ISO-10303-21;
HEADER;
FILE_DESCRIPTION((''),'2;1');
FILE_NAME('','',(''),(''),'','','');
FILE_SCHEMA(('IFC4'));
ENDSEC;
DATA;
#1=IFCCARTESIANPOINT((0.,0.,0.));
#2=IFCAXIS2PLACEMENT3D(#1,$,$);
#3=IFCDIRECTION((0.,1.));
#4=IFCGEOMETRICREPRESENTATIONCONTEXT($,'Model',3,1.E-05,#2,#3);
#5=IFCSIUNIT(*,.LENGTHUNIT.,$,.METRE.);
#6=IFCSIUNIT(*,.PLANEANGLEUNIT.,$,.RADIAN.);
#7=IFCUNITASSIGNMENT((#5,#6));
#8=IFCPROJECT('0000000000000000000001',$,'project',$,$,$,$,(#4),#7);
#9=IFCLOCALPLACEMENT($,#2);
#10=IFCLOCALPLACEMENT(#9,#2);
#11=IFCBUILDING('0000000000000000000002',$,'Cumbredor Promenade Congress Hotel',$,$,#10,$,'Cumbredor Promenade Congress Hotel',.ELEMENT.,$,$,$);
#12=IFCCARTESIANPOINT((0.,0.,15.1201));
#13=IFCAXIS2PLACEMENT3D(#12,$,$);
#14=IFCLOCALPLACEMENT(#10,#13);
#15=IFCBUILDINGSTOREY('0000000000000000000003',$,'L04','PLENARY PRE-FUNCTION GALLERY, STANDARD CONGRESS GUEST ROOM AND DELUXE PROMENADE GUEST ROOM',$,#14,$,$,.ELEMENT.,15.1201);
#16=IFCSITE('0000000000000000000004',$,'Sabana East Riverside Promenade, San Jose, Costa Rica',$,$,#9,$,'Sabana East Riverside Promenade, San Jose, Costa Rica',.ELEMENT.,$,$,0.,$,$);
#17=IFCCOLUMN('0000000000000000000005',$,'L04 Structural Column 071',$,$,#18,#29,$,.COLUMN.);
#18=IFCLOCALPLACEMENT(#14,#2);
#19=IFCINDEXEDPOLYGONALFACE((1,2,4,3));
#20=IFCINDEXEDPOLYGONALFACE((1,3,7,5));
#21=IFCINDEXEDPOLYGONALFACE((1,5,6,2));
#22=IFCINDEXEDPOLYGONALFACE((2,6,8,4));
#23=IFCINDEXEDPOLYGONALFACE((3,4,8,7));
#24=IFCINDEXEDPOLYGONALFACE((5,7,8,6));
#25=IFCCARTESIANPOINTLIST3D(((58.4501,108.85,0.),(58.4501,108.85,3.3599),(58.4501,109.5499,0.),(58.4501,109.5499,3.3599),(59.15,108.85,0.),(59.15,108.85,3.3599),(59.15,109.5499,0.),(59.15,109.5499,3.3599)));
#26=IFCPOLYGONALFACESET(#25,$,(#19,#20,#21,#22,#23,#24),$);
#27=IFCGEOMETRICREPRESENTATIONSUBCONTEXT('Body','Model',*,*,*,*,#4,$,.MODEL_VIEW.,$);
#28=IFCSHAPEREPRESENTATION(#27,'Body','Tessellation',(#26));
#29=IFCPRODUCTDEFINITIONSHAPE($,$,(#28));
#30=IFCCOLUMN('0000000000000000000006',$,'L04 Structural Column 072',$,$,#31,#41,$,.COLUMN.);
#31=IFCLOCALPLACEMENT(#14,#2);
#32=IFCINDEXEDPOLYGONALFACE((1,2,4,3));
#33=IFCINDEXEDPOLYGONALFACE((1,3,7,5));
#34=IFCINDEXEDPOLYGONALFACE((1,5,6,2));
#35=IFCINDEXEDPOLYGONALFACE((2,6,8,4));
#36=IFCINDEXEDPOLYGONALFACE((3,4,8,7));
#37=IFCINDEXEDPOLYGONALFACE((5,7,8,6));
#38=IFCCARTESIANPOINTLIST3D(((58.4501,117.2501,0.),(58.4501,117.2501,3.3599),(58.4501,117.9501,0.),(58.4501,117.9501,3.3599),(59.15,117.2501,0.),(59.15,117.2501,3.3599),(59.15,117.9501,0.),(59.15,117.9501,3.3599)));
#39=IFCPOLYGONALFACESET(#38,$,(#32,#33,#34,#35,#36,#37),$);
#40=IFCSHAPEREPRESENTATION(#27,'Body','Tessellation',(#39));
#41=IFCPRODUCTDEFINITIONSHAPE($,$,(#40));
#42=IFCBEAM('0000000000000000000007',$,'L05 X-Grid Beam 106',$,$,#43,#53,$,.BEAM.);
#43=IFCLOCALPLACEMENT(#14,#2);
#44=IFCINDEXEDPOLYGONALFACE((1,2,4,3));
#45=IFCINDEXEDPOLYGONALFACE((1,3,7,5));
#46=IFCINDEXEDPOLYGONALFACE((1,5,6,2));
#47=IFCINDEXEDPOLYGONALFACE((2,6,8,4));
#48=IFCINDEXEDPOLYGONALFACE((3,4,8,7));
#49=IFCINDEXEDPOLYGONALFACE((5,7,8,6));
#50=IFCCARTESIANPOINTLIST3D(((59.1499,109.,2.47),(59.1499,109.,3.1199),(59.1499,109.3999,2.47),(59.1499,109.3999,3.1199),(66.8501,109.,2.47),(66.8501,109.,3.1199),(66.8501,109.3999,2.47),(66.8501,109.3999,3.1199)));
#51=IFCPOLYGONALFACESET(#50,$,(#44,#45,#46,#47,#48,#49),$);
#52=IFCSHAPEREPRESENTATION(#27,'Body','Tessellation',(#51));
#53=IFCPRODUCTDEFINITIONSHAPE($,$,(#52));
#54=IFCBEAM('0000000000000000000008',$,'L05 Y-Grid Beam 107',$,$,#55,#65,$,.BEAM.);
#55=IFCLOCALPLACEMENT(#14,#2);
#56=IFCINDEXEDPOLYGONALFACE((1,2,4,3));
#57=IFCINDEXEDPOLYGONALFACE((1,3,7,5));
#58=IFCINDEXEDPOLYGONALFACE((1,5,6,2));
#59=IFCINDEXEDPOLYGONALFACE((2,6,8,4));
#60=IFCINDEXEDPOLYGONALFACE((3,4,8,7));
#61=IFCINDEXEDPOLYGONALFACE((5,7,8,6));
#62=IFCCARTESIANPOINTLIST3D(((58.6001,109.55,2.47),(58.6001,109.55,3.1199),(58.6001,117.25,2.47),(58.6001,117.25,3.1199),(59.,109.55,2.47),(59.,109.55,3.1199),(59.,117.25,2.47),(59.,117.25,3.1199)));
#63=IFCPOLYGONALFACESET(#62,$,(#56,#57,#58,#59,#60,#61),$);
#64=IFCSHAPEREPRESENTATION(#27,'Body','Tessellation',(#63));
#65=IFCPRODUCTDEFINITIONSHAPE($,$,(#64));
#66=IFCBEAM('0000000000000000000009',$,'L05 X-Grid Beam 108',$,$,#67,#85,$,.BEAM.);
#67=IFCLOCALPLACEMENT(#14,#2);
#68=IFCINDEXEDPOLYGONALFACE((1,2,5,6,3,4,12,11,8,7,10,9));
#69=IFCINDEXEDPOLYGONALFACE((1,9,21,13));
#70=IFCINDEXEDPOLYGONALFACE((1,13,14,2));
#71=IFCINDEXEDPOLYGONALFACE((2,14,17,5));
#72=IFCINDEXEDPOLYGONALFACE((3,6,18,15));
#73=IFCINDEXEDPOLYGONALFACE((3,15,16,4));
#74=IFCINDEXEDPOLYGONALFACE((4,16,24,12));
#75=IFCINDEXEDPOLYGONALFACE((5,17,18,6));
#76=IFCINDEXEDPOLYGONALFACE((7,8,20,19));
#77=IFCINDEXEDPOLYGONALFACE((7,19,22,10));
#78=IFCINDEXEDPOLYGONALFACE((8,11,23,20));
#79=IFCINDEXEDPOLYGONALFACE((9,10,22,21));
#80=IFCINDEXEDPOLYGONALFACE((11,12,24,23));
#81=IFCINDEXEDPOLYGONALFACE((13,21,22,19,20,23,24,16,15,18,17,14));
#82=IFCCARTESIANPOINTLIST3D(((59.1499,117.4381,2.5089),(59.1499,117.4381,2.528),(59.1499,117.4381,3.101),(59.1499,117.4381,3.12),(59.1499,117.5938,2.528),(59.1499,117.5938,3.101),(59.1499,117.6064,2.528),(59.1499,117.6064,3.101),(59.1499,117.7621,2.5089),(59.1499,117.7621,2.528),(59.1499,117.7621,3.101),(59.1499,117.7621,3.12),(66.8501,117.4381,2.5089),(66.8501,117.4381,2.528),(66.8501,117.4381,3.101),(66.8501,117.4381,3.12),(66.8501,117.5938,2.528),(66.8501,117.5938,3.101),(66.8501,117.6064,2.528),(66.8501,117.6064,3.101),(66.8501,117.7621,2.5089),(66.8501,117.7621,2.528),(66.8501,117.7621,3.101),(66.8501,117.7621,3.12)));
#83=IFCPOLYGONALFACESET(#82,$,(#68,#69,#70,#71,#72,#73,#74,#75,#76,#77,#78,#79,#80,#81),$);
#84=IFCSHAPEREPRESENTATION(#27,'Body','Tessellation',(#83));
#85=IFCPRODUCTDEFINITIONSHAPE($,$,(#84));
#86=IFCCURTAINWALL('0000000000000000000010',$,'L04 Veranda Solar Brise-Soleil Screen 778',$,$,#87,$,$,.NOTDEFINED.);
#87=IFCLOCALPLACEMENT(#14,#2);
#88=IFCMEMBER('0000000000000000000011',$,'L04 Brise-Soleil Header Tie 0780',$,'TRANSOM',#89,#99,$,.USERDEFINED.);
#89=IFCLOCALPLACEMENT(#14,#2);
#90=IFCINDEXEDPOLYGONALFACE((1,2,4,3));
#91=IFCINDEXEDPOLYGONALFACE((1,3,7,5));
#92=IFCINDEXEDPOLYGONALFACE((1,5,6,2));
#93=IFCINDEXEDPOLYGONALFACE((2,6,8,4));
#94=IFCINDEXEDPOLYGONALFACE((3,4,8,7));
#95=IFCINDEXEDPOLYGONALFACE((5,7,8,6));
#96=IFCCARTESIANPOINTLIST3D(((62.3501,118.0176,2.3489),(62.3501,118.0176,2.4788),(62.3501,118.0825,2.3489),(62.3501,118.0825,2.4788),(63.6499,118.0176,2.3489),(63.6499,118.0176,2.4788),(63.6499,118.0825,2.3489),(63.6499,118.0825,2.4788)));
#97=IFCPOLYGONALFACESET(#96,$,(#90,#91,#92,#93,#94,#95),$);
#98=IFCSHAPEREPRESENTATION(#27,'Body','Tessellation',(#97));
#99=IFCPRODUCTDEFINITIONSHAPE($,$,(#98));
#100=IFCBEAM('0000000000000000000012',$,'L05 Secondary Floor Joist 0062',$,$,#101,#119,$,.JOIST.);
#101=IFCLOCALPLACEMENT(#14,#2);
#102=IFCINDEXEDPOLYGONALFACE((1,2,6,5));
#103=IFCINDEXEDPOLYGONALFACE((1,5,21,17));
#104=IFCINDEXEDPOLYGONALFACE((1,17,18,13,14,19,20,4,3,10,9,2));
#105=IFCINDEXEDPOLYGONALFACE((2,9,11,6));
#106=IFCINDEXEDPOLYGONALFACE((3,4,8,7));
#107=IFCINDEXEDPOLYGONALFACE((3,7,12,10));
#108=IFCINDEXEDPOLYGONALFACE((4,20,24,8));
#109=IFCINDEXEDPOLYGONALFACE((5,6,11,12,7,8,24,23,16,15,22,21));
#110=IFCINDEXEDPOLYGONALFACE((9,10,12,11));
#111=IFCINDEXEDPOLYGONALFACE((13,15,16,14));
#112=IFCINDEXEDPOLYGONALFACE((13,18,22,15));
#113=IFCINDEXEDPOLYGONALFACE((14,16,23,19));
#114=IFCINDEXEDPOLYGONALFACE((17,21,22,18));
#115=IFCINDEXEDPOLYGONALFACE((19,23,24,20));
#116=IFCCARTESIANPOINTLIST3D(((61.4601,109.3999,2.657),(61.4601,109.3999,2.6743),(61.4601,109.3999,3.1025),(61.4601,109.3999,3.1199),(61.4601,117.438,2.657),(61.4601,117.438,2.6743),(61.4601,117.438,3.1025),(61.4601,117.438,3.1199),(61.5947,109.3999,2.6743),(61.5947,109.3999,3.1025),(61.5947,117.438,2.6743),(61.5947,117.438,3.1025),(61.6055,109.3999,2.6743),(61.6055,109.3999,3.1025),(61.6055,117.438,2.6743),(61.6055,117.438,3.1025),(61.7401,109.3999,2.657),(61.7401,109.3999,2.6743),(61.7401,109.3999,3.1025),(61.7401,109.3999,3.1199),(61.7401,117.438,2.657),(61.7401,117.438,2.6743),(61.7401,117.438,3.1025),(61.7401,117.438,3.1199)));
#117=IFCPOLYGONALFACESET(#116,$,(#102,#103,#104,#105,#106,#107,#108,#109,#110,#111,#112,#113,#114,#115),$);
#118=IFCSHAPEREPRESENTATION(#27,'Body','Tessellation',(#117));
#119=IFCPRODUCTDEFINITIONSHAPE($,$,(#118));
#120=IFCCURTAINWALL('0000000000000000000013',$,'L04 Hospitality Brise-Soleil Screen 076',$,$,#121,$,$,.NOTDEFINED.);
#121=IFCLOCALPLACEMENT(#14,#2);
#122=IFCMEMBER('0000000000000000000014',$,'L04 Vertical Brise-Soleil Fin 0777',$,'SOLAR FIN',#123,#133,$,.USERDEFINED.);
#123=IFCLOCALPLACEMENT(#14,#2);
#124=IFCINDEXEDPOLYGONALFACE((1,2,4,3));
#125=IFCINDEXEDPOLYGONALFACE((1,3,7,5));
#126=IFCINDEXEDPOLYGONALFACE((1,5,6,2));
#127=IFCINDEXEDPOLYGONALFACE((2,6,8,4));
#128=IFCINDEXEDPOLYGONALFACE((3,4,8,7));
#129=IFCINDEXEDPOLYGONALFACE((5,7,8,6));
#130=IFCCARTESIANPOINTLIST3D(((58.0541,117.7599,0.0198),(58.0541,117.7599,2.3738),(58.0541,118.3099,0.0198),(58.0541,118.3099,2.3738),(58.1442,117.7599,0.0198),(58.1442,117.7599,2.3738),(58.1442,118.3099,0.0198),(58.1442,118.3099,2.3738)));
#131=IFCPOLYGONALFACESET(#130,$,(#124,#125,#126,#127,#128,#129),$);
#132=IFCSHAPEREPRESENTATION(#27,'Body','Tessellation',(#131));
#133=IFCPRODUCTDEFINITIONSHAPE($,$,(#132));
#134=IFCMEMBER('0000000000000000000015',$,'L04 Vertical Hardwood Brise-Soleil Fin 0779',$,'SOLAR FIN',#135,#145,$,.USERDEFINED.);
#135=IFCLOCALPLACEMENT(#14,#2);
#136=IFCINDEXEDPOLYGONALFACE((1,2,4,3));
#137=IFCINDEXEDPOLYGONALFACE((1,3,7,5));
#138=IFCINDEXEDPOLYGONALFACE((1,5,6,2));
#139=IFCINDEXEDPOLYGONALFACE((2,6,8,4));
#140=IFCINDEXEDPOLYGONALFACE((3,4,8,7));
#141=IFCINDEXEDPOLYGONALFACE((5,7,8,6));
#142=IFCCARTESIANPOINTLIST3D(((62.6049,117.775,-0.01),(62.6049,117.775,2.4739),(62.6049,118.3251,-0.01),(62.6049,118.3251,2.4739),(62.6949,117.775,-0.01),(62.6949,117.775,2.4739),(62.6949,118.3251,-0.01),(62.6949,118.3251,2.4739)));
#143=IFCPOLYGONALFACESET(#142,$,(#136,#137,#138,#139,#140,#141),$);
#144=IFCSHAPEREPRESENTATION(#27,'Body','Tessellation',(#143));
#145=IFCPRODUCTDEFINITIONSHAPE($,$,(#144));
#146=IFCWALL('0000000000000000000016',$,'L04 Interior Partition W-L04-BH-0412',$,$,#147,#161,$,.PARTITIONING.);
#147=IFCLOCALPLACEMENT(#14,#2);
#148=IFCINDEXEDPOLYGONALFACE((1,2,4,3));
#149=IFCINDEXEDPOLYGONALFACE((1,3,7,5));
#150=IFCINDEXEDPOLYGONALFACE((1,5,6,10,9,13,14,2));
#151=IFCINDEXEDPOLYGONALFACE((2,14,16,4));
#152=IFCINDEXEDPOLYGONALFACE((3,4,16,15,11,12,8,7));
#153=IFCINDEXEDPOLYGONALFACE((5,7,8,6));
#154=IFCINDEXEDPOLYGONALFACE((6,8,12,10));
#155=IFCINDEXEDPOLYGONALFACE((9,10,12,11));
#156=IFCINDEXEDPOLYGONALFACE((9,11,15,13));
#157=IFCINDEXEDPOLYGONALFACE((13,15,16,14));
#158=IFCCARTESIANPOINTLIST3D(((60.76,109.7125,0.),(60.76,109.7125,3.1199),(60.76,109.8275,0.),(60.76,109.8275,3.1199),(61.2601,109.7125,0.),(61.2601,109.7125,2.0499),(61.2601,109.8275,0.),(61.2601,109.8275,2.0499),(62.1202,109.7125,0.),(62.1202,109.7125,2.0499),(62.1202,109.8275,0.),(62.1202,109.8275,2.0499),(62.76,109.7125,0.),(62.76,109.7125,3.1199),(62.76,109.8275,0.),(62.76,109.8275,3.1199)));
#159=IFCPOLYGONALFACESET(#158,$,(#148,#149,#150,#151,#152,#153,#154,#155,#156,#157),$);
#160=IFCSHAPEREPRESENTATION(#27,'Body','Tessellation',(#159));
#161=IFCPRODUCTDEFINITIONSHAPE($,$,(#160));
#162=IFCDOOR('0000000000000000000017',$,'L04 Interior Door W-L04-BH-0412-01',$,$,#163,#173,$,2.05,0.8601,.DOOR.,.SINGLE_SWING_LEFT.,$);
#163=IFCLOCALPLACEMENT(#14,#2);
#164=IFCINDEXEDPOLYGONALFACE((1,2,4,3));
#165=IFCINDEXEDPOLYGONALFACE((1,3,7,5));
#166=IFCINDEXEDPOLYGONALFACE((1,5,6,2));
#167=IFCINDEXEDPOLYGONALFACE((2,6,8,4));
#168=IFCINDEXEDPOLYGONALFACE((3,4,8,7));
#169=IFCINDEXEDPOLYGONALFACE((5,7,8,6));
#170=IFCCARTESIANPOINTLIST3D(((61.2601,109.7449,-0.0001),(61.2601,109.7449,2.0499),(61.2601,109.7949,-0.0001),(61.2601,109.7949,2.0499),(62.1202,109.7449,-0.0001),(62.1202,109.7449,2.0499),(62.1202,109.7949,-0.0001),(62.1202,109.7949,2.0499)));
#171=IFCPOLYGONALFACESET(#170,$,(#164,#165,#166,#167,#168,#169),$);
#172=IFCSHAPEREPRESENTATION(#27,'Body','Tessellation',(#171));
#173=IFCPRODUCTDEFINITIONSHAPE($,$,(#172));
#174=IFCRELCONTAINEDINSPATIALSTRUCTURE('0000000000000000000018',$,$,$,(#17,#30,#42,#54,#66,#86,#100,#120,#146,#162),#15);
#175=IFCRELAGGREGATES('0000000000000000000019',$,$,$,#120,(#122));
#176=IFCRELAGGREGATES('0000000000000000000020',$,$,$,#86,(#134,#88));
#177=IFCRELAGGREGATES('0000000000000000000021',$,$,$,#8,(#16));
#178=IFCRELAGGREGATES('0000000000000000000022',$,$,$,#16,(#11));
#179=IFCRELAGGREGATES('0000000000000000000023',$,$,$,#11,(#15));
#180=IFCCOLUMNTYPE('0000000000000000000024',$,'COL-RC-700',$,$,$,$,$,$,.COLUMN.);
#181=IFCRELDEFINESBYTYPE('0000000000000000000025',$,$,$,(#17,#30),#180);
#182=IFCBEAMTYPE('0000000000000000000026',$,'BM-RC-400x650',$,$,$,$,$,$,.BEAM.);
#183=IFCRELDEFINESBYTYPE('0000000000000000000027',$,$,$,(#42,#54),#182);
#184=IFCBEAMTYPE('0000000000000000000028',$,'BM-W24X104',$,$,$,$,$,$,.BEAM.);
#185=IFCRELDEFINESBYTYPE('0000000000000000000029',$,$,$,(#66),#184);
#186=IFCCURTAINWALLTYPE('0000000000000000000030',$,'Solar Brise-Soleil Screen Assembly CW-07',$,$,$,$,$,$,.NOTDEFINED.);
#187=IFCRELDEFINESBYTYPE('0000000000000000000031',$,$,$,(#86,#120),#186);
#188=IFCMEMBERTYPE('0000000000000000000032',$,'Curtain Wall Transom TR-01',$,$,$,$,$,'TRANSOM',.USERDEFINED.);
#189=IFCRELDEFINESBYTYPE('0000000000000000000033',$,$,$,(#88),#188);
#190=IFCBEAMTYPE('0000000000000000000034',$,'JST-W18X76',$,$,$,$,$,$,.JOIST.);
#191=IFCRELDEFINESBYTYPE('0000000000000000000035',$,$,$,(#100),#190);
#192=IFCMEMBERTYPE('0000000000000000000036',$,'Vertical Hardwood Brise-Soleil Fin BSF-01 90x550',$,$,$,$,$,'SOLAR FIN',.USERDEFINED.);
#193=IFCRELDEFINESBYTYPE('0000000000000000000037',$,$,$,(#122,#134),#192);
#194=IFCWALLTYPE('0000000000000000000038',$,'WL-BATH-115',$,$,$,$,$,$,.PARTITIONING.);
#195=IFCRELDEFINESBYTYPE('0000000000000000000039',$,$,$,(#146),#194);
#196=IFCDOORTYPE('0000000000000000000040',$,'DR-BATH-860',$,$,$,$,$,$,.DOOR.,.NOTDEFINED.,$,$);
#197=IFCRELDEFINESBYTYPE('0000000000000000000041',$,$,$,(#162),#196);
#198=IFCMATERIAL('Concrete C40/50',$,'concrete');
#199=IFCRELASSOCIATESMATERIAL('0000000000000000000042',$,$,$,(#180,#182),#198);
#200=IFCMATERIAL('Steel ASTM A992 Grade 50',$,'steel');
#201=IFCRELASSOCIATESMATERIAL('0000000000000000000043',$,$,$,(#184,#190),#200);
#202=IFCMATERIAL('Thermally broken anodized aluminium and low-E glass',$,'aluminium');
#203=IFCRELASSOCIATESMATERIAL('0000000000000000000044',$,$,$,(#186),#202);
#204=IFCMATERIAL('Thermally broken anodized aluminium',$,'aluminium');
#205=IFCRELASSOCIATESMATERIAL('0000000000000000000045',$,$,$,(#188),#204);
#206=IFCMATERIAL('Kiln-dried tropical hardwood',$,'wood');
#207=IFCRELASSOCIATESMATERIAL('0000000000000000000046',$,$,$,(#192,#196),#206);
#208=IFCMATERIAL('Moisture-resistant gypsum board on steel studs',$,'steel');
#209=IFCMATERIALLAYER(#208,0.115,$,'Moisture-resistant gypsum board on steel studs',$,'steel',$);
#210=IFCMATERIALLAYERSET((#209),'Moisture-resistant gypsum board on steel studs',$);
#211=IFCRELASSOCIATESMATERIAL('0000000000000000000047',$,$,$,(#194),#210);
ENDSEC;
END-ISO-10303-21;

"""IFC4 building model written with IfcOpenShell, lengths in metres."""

from ifc_helpers import new_model, si_unit, direction, frame, frame_2d, origin, origin_2d, place, context, subcontext, project, spatial, rectangle, i_section, extrude, material, layer, layer_set, material_profile, profile_set, type_object, element, fill, aggregate, save


model = new_model("IFC4")

# Units and contexts
model_context = context("Model", 3, precision=1e-05, world=origin(), true_north=direction((0.0, 1.0)))
body_context = subcontext(model_context, "Body", "Model", "MODEL_VIEW")
ifc_project = project(units=[si_unit("LENGTHUNIT", "METRE"), si_unit("PLANEANGLEUNIT", "RADIAN")], contexts=[model_context])

# Site, building, storey
site_placement = place(None, origin())
site = spatial("IfcSite", under=ifc_project, at=site_placement, Name="Sabana East Riverside Promenade, San Jose, Costa Rica", LongName="Sabana East Riverside Promenade, San Jose, Costa Rica", CompositionType="ELEMENT", RefElevation=0.0)
building_placement = place(site_placement, origin())
building = spatial("IfcBuilding", under=site, at=building_placement, Name="Cumbredor Promenade Congress Hotel", LongName="Cumbredor Promenade Congress Hotel", CompositionType="ELEMENT")
storey_placement = place(building_placement, frame((0.0, 0.0, 15.1201)))
storey = spatial("IfcBuildingStorey", under=building, at=storey_placement, Name="L04", Description="PLENARY PRE-FUNCTION GALLERY, STANDARD CONGRESS GUEST ROOM AND DELUXE PROMENADE GUEST ROOM", CompositionType="ELEMENT", Elevation=15.1201)

# Columns
ifc_material_1 = material(Name="Concrete C40/50", Category="concrete")
ifc_material_profile_1 = material_profile(ifc_material_1, rectangle(XDim=0.7, YDim=0.7, at=origin_2d()), Name="RC 700x700")
ifc_profile_set_1 = profile_set([ifc_material_profile_1], Name="Concrete C40/50")
column_type = type_object("IfcColumnType", Name="COL-RC-700", PredefinedType="COLUMN", material=ifc_profile_set_1)
for number, where, z_axis, x_axis, name in (
    (1, (58.8, 109.2, 0.0), (0.0, 0.0, 1.0), (1.0, 0.0, 0.0), "L04 Structural Column 071"),
    (2, (58.8, 117.6001, 0.0), (0.0, 0.0, 1.0), (1.0, 0.0, 0.0), "L04 Structural Column 072"),
):
    element("IfcColumn", number, at=place(storey_placement, frame(where, z_axis=z_axis, x_axis=x_axis)), inside=storey, type_object=column_type, Name=name, PredefinedType="COLUMN", context=body_context, shape_type="SweptSolid", body=[
        extrude(rectangle(XDim=0.7, YDim=0.7, at=origin_2d()), origin(), (0.0, 0.0, 1.0), 3.3599),
    ])

# Beams
ifc_material_profile_2 = material_profile(ifc_material_1, rectangle(XDim=0.3999, YDim=0.6499, at=origin_2d()), Name="RC BEAM 400x650")
ifc_profile_set_2 = profile_set([ifc_material_profile_2], Name="Concrete C40/50")
beam_type_1 = type_object("IfcBeamType", Name="BM-RC-400x650", PredefinedType="BEAM", material=ifc_profile_set_2)
beam_1_placement = place(storey_placement, frame((59.1499, 109.2, 2.7949), z_axis=(1.0, 0.0, 0.0), x_axis=(0.0, 1.0, 0.0)))
element("IfcBeam", 3, at=beam_1_placement, inside=storey, type_object=beam_type_1, Name="L05 X-Grid Beam 106", PredefinedType="BEAM", context=body_context, shape_type="SweptSolid", body=[
    extrude(rectangle(XDim=0.3999, YDim=0.6499, at=origin_2d()), origin(), (0.0, 0.0, 1.0), 7.7002),
])
beam_2_placement = place(storey_placement, frame((58.8, 109.55, 2.7949), z_axis=(0.0, 1.0, 0.0), x_axis=(-1.0, 0.0, 0.0)))
element("IfcBeam", 4, at=beam_2_placement, inside=storey, type_object=beam_type_1, Name="L05 Y-Grid Beam 107", PredefinedType="BEAM", context=body_context, shape_type="SweptSolid", body=[
    extrude(rectangle(XDim=0.3999, YDim=0.6499, at=origin_2d()), origin(), (0.0, 0.0, 1.0), 7.7),
])
ifc_material_2 = material(Name="Steel ASTM A992 Grade 50", Category="steel")
ifc_material_profile_3 = material_profile(ifc_material_2, i_section(OverallWidth=0.324, OverallDepth=0.6111, WebThickness=0.0127, FlangeThickness=0.019, at=origin_2d()), Name="W24X104")
ifc_profile_set_3 = profile_set([ifc_material_profile_3], Name="Steel ASTM A992 Grade 50")
beam_type_2 = type_object("IfcBeamType", Name="BM-W24X104", PredefinedType="BEAM", material=ifc_profile_set_3)
beam_3_placement = place(storey_placement, frame((59.1499, 117.6001, 2.8145), z_axis=(1.0, 0.0, 0.0), x_axis=(0.0, 1.0, 0.0)))
element("IfcBeam", 5, at=beam_3_placement, inside=storey, type_object=beam_type_2, Name="L05 X-Grid Beam 108", PredefinedType="BEAM", context=body_context, shape_type="SweptSolid", body=[
    extrude(i_section(OverallWidth=0.324, OverallDepth=0.6111, WebThickness=0.0127, FlangeThickness=0.019, at=origin_2d()), origin(), (0.0, 0.0, 1.0), 7.7002),
])

# Curtain wall, member
ifc_material_3 = material(Name="Thermally broken anodized aluminium and low-E glass", Category="aluminium")
curtain_wall_type = type_object("IfcCurtainWallType", Name="Solar Brise-Soleil Screen Assembly CW-07", PredefinedType="NOTDEFINED", material=ifc_material_3)
curtain_wall_1_placement = place(storey_placement, origin())
curtain_wall_1 = element("IfcCurtainWall", 6, at=curtain_wall_1_placement, inside=storey, type_object=curtain_wall_type, Name="L04 Veranda Solar Brise-Soleil Screen 778", PredefinedType="NOTDEFINED")
ifc_material_4 = material(Name="Thermally broken anodized aluminium", Category="aluminium")
ifc_material_profile_4 = material_profile(ifc_material_4, rectangle(XDim=0.0649, YDim=0.1299, at=origin_2d()), Name="ALU TRANSOM 65x130")
ifc_profile_set_4 = profile_set([ifc_material_profile_4], Name="Thermally broken anodized aluminium")
member_type_1 = type_object("IfcMemberType", Name="Curtain Wall Transom TR-01", ElementType="TRANSOM", PredefinedType="USERDEFINED", material=ifc_profile_set_4)
member_1_placement = place(storey_placement, frame((62.3501, 118.05, 2.4138), z_axis=(1.0, 0.0, 0.0), x_axis=(0.0, 1.0, 0.0)))
member_1 = element("IfcMember", 7, at=member_1_placement, type_object=member_type_1, Name="L04 Brise-Soleil Header Tie 0780", ObjectType="TRANSOM", PredefinedType="USERDEFINED", context=body_context, shape_type="SweptSolid", body=[
    extrude(rectangle(XDim=0.0649, YDim=0.1299, at=origin_2d()), origin(), (0.0, 0.0, 1.0), 1.2998),
])

# Beam
ifc_material_profile_5 = material_profile(ifc_material_2, i_section(OverallWidth=0.28, OverallDepth=0.4629, WebThickness=0.0107, FlangeThickness=0.0173, at=origin_2d()), Name="W18X76")
ifc_profile_set_5 = profile_set([ifc_material_profile_5], Name="Steel ASTM A992 Grade 50")
beam_type_3 = type_object("IfcBeamType", Name="JST-W18X76", PredefinedType="JOIST", material=ifc_profile_set_5)
beam_4_placement = place(storey_placement, frame((61.6001, 109.3999, 2.8884), z_axis=(0.0, 1.0, 0.0), x_axis=(-1.0, 0.0, 0.0)))
element("IfcBeam", 8, at=beam_4_placement, inside=storey, type_object=beam_type_3, Name="L05 Secondary Floor Joist 0062", PredefinedType="JOIST", context=body_context, shape_type="SweptSolid", body=[
    extrude(i_section(OverallWidth=0.28, OverallDepth=0.4629, WebThickness=0.0107, FlangeThickness=0.0173, at=origin_2d()), origin(), (0.0, 0.0, 1.0), 8.0381),
])

# Curtain wall, member
curtain_wall_2_placement = place(storey_placement, origin())
curtain_wall_2 = element("IfcCurtainWall", 9, at=curtain_wall_2_placement, inside=storey, type_object=curtain_wall_type, Name="L04 Hospitality Brise-Soleil Screen 076", PredefinedType="NOTDEFINED")
ifc_material_5 = material(Name="Kiln-dried tropical hardwood", Category="wood")
ifc_material_profile_6 = material_profile(ifc_material_5, rectangle(XDim=0.0901, YDim=0.55, at=origin_2d()), Name="ARCH FIN 90x550")
ifc_profile_set_6 = profile_set([ifc_material_profile_6], Name="Kiln-dried tropical hardwood")
member_type_2 = type_object("IfcMemberType", Name="Vertical Hardwood Brise-Soleil Fin BSF-01 90x550", ElementType="SOLAR FIN", PredefinedType="USERDEFINED", material=ifc_profile_set_6)
member_2_placement = place(storey_placement, frame((58.0991, 118.0349, 0.0198), z_axis=(0.0, 0.0, 1.0), x_axis=(1.0, 0.0, 0.0)))
member_2 = element("IfcMember", 10, at=member_2_placement, type_object=member_type_2, Name="L04 Vertical Brise-Soleil Fin 0777", ObjectType="SOLAR FIN", PredefinedType="USERDEFINED", context=body_context, shape_type="SweptSolid", body=[
    extrude(rectangle(XDim=0.0901, YDim=0.55, at=origin_2d()), origin(), (0.0, 0.0, 1.0), 2.354),
])
aggregate(curtain_wall_2, [member_2])

# Member
member_3_placement = place(storey_placement, frame((62.6499, 118.05, -0.01), z_axis=(0.0, 0.0, 1.0), x_axis=(1.0, 0.0, 0.0)))
member_3 = element("IfcMember", 11, at=member_3_placement, type_object=member_type_2, Name="L04 Vertical Hardwood Brise-Soleil Fin 0779", ObjectType="SOLAR FIN", PredefinedType="USERDEFINED", context=body_context, shape_type="SweptSolid", body=[
    extrude(rectangle(XDim=0.0901, YDim=0.55, at=origin_2d()), origin(), (0.0, 0.0, 1.0), 2.4839),
])
aggregate(curtain_wall_1, [member_3, member_1])

# Wall, opening, door
ifc_material_6 = material(Name="Moisture-resistant gypsum board on steel studs", Category="steel")
ifc_layer_1 = layer(ifc_material_6, 0.115, Name="Moisture-resistant gypsum board on steel studs", Category="steel")
ifc_layer_set_1 = layer_set([ifc_layer_1], Name="Moisture-resistant gypsum board on steel studs")
wall_type_1 = type_object("IfcWallType", Name="WL-BATH-115", PredefinedType="PARTITIONING", material=ifc_layer_set_1)
wall_1_placement = place(storey_placement, frame((60.76, 109.77, 0.0), z_axis=(0.0, 0.0, 1.0), x_axis=(1.0, 0.0, 0.0)))
wall_1 = element("IfcWall", 12, at=wall_1_placement, inside=storey, type_object=wall_type_1, Name="L04 Interior Partition W-L04-BH-0412", PredefinedType="PARTITIONING", context=body_context, shape_type="SweptSolid", body=[
    extrude(rectangle(XDim=2.0, YDim=0.115, at=frame_2d((1.0, 0.0))), origin(), (0.0, 0.0, 1.0), 3.1199),
])
opening_1_placement = place(wall_1_placement, frame((0.5, 0.0, 0.0)))
opening_1 = element("IfcOpeningElement", 13, at=opening_1_placement, cuts=wall_1, PredefinedType="OPENING", context=body_context, shape_type="SweptSolid", body=[
    extrude(rectangle(XDim=0.8601, YDim=2.05, at=frame_2d((0.4302, 1.0249))), frame((0.0, 0.0674, 0.0), z_axis=(0.0, -1.0, 0.0), x_axis=(1.0, 0.0, 0.0)), (0.0, 0.0, 1.0), 0.135),
])
door_type_1 = type_object("IfcDoorType", Name="DR-BATH-860", OperationType="NOTDEFINED", PredefinedType="DOOR", material=ifc_material_5)
door_1_placement = place(opening_1_placement, origin())
door_1 = element("IfcDoor", 14, at=door_1_placement, inside=storey, type_object=door_type_1, Name="L04 Interior Door W-L04-BH-0412-01", OperationType="SINGLE_SWING_LEFT", OverallHeight=2.05, OverallWidth=0.8601, PredefinedType="DOOR", context=body_context, shape_type="SweptSolid", body=[
    extrude(rectangle(XDim=0.8601, YDim=2.05, at=frame_2d((0.4302, 1.0249))), frame((0.0, 0.0249, 0.0), z_axis=(0.0, -1.0, 0.0), x_axis=(1.0, 0.0, 0.0)), (0.0, 0.0, 1.0), 0.05),
])
fill(opening_1, door_1)

save(model, "model.ifc")
